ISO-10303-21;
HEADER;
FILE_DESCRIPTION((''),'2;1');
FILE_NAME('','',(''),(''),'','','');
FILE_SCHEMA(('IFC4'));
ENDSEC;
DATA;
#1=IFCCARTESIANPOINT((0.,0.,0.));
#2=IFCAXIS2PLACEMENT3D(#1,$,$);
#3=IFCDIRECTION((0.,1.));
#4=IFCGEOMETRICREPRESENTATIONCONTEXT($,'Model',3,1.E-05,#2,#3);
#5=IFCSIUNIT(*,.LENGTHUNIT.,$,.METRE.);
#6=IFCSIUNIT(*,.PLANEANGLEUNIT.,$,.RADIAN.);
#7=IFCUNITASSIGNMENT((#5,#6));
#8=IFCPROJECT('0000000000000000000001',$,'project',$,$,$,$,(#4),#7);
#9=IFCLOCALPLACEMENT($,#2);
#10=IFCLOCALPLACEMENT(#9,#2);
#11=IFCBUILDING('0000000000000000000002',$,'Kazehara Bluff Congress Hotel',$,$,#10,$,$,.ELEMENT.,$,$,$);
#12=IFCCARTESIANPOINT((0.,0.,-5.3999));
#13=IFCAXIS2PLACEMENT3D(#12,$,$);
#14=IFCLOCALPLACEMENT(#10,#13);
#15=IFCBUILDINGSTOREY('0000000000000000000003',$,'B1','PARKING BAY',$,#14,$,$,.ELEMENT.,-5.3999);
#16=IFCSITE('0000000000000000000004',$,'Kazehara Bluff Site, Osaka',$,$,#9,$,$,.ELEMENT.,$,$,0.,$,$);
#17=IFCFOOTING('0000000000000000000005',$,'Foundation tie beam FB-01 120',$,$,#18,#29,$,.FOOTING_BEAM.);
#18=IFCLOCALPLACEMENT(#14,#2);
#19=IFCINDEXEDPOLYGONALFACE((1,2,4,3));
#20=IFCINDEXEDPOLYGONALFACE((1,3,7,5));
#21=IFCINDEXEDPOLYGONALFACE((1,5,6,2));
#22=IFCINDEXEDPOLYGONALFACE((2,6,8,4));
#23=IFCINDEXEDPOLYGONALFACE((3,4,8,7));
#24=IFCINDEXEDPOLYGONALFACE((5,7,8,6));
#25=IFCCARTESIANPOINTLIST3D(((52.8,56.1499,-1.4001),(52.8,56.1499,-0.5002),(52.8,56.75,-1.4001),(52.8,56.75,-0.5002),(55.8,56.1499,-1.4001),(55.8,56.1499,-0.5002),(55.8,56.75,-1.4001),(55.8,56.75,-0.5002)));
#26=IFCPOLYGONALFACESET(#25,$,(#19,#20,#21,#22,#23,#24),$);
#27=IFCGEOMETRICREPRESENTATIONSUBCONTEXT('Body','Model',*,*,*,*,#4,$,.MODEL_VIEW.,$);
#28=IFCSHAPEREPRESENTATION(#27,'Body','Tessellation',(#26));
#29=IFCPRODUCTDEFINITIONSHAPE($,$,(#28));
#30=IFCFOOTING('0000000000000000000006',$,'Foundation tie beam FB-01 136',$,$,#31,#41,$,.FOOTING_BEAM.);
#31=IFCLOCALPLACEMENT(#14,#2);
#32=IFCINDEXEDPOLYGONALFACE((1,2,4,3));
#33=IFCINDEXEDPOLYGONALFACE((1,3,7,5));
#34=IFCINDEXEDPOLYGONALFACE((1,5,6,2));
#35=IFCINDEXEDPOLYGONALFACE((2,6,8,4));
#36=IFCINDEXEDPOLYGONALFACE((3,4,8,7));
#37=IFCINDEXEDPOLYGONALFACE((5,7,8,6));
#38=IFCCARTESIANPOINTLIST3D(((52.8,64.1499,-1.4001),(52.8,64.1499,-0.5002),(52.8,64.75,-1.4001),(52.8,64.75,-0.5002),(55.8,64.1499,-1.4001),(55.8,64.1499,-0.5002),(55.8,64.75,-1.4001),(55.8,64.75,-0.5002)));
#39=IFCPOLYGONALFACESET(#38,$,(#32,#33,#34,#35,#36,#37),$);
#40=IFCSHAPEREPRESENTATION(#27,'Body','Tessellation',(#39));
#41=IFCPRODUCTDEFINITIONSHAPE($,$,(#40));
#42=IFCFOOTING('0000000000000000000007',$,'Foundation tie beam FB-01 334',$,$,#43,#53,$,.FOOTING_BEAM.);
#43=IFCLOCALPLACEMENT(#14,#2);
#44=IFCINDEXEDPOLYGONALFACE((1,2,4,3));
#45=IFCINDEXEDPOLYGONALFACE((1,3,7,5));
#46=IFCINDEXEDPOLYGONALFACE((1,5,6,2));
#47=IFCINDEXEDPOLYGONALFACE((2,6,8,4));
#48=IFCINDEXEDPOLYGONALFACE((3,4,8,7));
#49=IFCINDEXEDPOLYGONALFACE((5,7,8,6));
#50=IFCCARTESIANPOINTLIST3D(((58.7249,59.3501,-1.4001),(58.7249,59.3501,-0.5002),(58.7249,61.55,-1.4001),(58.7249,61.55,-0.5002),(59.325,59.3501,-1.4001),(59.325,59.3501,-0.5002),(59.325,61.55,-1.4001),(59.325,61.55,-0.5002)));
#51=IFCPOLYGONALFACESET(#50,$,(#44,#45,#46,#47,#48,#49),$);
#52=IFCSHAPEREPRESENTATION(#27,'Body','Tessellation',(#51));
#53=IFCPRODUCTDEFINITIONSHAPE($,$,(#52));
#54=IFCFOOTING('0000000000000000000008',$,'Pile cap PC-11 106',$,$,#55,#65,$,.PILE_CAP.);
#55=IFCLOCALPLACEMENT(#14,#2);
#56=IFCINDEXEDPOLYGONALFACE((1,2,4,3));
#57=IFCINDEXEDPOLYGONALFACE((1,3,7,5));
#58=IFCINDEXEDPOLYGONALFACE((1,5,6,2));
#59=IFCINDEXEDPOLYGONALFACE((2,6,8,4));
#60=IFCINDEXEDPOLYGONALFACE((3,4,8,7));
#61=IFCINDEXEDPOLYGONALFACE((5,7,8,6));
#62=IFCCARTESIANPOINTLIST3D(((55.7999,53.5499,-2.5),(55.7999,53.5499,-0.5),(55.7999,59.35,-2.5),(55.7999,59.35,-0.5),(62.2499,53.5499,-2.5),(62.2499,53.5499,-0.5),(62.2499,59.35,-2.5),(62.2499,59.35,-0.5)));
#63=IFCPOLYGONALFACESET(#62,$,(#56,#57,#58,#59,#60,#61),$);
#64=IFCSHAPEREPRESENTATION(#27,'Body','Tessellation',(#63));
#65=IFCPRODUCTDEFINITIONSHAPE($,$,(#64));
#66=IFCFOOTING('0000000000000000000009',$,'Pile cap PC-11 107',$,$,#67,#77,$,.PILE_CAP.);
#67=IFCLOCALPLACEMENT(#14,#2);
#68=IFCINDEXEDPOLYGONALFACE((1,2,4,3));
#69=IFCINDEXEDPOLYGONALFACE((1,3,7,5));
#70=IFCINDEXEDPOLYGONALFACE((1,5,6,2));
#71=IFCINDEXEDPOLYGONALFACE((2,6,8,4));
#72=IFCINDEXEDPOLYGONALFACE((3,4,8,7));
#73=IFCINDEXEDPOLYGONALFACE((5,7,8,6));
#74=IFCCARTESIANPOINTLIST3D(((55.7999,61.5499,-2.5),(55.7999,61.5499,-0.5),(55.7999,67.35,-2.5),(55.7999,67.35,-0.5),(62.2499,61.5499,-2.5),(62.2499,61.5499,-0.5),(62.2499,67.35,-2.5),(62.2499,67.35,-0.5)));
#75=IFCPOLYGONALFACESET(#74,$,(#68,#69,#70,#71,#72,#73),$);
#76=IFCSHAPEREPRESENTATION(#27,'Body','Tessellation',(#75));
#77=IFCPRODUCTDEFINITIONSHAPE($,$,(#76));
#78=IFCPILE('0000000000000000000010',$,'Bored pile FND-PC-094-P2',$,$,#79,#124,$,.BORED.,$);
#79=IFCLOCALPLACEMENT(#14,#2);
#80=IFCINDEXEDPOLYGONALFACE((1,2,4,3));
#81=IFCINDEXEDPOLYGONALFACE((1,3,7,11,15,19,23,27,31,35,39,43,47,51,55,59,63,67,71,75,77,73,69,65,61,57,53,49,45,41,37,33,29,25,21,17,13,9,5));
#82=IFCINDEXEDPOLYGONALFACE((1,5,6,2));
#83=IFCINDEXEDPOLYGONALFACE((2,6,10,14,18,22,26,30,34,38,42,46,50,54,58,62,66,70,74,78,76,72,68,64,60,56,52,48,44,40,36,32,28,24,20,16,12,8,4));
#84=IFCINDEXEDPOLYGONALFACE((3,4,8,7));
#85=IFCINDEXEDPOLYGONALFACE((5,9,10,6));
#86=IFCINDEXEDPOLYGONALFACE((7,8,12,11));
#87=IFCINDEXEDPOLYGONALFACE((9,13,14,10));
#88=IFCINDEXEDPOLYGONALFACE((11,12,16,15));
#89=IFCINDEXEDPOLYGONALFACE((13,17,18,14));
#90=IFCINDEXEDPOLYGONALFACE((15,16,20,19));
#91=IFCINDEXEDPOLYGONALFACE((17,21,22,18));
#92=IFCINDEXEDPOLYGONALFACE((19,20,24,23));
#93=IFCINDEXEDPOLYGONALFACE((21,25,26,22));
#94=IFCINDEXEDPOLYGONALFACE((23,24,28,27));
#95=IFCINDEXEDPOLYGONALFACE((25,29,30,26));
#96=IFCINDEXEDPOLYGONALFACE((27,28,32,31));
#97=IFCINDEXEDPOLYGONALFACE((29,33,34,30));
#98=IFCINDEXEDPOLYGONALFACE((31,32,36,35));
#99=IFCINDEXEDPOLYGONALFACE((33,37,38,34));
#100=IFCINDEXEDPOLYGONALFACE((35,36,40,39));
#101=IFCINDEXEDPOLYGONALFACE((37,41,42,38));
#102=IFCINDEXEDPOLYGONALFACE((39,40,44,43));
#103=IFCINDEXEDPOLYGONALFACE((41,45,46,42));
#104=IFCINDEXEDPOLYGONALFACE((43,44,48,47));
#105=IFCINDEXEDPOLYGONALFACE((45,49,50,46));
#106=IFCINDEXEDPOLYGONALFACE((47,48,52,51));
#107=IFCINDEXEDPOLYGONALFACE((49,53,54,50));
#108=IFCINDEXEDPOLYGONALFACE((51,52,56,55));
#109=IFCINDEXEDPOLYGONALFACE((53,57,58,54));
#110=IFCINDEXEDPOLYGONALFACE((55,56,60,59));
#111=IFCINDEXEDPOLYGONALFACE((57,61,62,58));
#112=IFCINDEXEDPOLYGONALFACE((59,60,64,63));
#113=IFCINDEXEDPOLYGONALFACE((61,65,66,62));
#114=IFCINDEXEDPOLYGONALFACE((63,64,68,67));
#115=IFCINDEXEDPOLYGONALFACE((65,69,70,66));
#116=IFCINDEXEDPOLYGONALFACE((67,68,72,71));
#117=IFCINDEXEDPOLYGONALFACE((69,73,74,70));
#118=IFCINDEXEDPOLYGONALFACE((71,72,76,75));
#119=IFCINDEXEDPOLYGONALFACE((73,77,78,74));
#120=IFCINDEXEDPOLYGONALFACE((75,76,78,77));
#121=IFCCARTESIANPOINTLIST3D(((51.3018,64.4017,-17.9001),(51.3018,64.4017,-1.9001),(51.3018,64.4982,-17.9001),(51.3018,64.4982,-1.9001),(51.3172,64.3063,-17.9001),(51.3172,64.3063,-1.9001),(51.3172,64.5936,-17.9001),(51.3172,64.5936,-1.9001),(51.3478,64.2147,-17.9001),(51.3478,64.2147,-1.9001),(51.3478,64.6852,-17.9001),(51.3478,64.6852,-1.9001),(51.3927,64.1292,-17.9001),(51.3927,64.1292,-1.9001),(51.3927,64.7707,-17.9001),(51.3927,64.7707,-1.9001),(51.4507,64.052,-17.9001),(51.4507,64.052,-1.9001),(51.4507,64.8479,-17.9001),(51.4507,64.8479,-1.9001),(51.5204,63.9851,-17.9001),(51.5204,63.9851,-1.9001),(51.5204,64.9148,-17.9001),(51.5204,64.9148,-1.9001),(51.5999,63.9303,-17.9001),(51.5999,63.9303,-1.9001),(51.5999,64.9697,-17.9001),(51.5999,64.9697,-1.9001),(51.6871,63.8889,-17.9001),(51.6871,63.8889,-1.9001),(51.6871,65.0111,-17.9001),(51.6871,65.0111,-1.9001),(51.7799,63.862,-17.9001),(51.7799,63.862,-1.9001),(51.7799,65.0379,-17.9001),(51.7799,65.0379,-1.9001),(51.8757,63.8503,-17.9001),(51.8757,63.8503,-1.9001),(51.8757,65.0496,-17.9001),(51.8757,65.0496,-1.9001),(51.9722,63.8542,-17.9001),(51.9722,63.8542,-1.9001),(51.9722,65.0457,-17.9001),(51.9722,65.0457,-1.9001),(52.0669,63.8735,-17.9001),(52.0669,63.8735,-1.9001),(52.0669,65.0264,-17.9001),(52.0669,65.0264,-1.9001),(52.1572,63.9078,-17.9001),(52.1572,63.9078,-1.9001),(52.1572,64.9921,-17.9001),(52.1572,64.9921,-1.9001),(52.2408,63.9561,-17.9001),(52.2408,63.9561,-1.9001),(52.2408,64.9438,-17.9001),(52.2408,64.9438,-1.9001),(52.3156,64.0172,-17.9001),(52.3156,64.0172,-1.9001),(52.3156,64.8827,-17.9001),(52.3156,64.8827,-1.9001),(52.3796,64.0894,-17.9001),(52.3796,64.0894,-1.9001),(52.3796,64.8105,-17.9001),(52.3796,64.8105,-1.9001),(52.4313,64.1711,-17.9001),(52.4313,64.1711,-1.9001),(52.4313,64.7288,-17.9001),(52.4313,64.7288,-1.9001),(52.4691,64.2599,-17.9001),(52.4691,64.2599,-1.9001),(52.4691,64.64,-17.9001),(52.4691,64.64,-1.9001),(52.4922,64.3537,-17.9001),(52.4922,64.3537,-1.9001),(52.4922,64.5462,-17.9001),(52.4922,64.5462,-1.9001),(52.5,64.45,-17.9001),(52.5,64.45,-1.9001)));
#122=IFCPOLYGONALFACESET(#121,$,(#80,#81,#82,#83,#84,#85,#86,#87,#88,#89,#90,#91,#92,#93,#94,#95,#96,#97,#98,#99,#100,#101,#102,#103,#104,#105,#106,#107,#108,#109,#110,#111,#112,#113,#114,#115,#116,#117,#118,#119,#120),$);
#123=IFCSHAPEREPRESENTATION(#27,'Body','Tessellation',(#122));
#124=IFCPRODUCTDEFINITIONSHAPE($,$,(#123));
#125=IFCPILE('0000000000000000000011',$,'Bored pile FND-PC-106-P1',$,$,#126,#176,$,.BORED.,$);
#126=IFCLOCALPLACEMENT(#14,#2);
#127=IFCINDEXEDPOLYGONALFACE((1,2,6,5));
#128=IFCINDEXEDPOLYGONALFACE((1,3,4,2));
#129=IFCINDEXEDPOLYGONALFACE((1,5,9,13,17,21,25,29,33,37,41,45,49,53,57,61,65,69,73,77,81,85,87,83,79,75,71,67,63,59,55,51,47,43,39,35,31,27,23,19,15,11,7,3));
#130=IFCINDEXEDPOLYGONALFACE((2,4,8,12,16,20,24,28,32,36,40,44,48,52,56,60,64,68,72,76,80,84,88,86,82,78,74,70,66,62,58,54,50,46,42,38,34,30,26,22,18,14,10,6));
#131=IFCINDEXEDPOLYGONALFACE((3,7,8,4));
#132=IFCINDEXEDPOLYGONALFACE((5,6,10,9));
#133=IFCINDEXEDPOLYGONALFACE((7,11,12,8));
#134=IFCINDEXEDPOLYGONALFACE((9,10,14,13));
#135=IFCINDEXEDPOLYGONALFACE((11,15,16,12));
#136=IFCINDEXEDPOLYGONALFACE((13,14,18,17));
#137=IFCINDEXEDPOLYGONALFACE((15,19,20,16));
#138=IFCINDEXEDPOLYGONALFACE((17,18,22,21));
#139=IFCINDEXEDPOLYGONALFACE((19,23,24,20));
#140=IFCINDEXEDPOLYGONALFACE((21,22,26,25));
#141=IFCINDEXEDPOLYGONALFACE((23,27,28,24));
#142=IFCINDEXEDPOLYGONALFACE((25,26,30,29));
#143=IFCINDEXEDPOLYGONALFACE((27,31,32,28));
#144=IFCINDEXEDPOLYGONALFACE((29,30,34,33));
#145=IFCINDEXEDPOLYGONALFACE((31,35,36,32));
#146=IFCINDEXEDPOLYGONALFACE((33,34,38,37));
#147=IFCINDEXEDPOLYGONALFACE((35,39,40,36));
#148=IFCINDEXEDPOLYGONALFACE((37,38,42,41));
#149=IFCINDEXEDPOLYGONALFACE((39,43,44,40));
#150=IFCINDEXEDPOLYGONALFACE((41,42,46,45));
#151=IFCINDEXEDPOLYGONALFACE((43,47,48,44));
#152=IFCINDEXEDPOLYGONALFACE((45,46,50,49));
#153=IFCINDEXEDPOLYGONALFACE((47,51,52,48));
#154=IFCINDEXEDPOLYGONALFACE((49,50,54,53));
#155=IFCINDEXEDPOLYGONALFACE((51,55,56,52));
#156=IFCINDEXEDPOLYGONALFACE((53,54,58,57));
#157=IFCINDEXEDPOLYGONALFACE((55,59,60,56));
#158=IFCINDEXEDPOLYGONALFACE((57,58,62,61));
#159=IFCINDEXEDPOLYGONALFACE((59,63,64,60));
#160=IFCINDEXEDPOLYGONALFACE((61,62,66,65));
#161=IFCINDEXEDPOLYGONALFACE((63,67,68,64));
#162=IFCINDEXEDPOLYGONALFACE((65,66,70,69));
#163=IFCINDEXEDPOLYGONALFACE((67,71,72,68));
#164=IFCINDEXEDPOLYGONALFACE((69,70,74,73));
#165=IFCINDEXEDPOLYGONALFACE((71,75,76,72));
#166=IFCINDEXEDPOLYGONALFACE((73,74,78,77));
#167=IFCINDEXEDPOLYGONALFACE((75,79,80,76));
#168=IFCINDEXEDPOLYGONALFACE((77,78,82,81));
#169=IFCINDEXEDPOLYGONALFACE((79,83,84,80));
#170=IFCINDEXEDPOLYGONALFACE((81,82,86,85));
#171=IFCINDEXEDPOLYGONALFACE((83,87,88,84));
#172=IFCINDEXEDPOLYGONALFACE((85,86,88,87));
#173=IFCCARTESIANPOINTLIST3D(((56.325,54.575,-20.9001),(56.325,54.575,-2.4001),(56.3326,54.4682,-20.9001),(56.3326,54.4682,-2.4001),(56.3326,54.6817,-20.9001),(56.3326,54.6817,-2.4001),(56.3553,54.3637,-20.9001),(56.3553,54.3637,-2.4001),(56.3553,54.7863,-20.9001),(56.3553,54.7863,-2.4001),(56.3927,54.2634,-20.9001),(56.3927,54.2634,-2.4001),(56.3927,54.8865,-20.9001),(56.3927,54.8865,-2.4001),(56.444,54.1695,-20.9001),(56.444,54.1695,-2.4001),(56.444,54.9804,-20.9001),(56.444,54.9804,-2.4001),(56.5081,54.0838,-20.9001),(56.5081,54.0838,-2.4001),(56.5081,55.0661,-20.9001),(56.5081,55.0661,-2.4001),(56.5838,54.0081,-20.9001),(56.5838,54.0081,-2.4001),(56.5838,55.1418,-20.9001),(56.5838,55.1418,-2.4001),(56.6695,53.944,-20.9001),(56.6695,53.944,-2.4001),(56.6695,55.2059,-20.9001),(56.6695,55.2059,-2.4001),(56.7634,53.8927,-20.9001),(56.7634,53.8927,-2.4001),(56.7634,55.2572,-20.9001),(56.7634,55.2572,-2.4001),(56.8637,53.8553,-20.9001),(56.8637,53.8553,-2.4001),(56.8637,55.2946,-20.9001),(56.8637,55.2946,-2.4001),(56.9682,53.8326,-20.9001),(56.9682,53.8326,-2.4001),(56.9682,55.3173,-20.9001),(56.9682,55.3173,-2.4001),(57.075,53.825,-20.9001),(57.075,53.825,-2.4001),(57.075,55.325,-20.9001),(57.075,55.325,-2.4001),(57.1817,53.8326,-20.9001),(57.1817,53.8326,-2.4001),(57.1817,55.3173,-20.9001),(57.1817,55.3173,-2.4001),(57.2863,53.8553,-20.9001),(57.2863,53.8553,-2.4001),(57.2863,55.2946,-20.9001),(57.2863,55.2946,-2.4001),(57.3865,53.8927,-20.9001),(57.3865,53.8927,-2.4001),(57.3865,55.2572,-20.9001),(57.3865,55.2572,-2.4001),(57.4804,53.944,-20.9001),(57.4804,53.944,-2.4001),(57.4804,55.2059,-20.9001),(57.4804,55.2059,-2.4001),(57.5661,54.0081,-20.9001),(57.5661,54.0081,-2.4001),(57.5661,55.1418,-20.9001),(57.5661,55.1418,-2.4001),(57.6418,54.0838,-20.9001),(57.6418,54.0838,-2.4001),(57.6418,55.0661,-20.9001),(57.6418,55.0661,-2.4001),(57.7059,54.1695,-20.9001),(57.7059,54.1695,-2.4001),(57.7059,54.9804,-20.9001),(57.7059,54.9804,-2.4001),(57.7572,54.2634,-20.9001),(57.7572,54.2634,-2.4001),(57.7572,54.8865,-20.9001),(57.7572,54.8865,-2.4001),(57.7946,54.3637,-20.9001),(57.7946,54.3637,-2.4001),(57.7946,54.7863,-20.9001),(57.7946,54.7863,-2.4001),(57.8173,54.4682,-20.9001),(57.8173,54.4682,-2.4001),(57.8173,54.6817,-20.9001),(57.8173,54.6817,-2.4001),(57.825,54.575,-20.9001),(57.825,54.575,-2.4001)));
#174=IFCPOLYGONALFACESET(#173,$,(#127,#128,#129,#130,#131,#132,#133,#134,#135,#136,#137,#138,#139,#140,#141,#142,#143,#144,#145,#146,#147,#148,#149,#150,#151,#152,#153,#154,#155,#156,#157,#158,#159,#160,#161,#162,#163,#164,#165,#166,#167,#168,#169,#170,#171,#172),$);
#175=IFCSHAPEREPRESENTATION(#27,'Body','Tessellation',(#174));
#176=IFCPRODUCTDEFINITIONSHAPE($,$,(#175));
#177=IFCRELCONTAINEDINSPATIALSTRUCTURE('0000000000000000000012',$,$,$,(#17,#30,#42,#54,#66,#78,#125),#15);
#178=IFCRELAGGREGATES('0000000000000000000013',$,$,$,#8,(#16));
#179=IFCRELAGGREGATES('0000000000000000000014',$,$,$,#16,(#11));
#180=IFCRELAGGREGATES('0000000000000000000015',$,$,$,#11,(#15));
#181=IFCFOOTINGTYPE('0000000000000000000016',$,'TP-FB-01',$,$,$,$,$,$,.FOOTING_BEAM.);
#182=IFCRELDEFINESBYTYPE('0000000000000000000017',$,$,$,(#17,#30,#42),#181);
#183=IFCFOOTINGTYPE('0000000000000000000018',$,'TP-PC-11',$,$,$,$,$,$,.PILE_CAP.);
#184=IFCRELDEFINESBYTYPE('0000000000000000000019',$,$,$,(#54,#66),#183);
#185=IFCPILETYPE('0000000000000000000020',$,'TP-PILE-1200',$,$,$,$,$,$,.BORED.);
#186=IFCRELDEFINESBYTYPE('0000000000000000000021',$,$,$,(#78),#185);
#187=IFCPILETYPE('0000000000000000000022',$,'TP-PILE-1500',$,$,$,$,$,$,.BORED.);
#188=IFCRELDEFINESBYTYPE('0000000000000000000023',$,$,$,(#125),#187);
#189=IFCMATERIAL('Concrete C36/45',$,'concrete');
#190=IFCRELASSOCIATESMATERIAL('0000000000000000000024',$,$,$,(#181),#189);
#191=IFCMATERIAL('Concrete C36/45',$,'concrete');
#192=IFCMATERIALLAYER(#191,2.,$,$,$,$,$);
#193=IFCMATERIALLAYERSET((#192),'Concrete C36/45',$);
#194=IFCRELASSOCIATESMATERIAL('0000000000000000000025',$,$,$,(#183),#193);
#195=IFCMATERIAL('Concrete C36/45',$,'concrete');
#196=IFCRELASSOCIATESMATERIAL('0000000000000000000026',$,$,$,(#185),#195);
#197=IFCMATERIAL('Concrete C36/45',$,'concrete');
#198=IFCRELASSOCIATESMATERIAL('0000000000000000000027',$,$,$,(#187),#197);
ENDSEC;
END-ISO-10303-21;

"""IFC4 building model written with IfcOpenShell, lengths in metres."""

from ifc_helpers import new_model, si_unit, direction, frame, origin, origin_2d, place, context, subcontext, project, spatial, rectangle, circle, extrude, material, layer, layer_set, material_profile, profile_set, type_object, element, save


model = new_model("IFC4")

# Units and contexts
model_context = context("Model", 3, precision=1e-05, world=origin(), true_north=direction((0.0, 1.0)))
body_context = subcontext(model_context, "Body", "Model", "MODEL_VIEW")
ifc_project = project(units=[si_unit("LENGTHUNIT", "METRE"), si_unit("PLANEANGLEUNIT", "RADIAN")], contexts=[model_context])

# Site, building, storey
site_placement = place(None, origin())
site = spatial("IfcSite", under=ifc_project, at=site_placement, Name="Kazehara Bluff Site, Osaka", CompositionType="ELEMENT", RefElevation=0.0)
building_placement = place(site_placement, origin())
building = spatial("IfcBuilding", under=site, at=building_placement, Name="Kazehara Bluff Congress Hotel", CompositionType="ELEMENT")
storey_placement = place(building_placement, frame((0.0, 0.0, -5.3999)))
storey = spatial("IfcBuildingStorey", under=building, at=storey_placement, Name="B1", Description="PARKING BAY", CompositionType="ELEMENT", Elevation=-5.3999)

# Footings
ifc_material_1 = material(Name="Concrete C36/45", Category="concrete")
ifc_material_profile_1 = material_profile(ifc_material_1, rectangle(XDim=0.6001, YDim=0.8999, at=origin_2d()))
ifc_profile_set_1 = profile_set([ifc_material_profile_1], Name="Concrete C36/45")
footing_type_1 = type_object("IfcFootingType", Name="TP-FB-01", PredefinedType="FOOTING_BEAM", material=ifc_profile_set_1)
for number, where, z_axis, x_axis, name in (
    (1, (52.8, 56.45, -0.9502), (1.0, 0.0, 0.0), (0.0, 1.0, 0.0), "Foundation tie beam FB-01 120"),
    (2, (52.8, 64.45, -0.9502), (1.0, 0.0, 0.0), (0.0, 1.0, 0.0), "Foundation tie beam FB-01 136"),
):
    element("IfcFooting", number, at=place(storey_placement, frame(where, z_axis=z_axis, x_axis=x_axis)), inside=storey, type_object=footing_type_1, Name=name, PredefinedType="FOOTING_BEAM", context=body_context, shape_type="SweptSolid", body=[
        extrude(rectangle(XDim=0.6001, YDim=0.8999, at=origin_2d()), origin(), (0.0, 0.0, 1.0), 3.0),
    ])
footing_placement = place(storey_placement, frame((59.0249, 59.3501, -0.9502), z_axis=(0.0, 1.0, 0.0), x_axis=(-1.0, 0.0, 0.0)))
element("IfcFooting", 3, at=footing_placement, inside=storey, type_object=footing_type_1, Name="Foundation tie beam FB-01 334", PredefinedType="FOOTING_BEAM", context=body_context, shape_type="SweptSolid", body=[
    extrude(rectangle(XDim=0.6001, YDim=0.8999, at=origin_2d()), origin(), (0.0, 0.0, 1.0), 2.2),
])
ifc_material_2 = material(Name="Concrete C36/45", Category="concrete")
ifc_layer_1 = layer(ifc_material_2, 2.0)
ifc_layer_set_1 = layer_set([ifc_layer_1], Name="Concrete C36/45")
footing_type_2 = type_object("IfcFootingType", Name="TP-PC-11", PredefinedType="PILE_CAP", material=ifc_layer_set_1)
for number, where, z_axis, x_axis, name in (
    (4, (59.0249, 56.45, -2.5), (0.0, 0.0, 1.0), (1.0, 0.0, 0.0), "Pile cap PC-11 106"),
    (5, (59.0249, 64.45, -2.5), (0.0, 0.0, 1.0), (1.0, 0.0, 0.0), "Pile cap PC-11 107"),
):
    element("IfcFooting", number, at=place(storey_placement, frame(where, z_axis=z_axis, x_axis=x_axis)), inside=storey, type_object=footing_type_2, Name=name, PredefinedType="PILE_CAP", context=body_context, shape_type="SweptSolid", body=[
        extrude(rectangle(XDim=6.45, YDim=5.8, at=origin_2d()), origin(), (0.0, 0.0, 1.0), 2.0),
    ])

# Piles
ifc_material_3 = material(Name="Concrete C36/45", Category="concrete")
ifc_material_profile_2 = material_profile(ifc_material_3, circle(Radius=0.6001, at=origin_2d()))
ifc_profile_set_2 = profile_set([ifc_material_profile_2], Name="Concrete C36/45")
pile_type_1 = type_object("IfcPileType", Name="TP-PILE-1200", PredefinedType="BORED", material=ifc_profile_set_2)
pile_placement = place(storey_placement, frame((51.8999, 64.45, -1.9001), z_axis=(0.0, 0.0, -1.0), x_axis=(1.0, 0.0, 0.0)))
element("IfcPile", 6, at=pile_placement, inside=storey, type_object=pile_type_1, Name="Bored pile FND-PC-094-P2", PredefinedType="BORED", context=body_context, shape_type="SweptSolid", body=[
    extrude(circle(Radius=0.6001, at=origin_2d()), origin(), (0.0, 0.0, 1.0), 16.0),
])
ifc_material_4 = material(Name="Concrete C36/45", Category="concrete")
ifc_material_profile_3 = material_profile(ifc_material_4, circle(Radius=0.75, at=origin_2d()))
ifc_profile_set_3 = profile_set([ifc_material_profile_3], Name="Concrete C36/45")
pile_type_2 = type_object("IfcPileType", Name="TP-PILE-1500", PredefinedType="BORED", material=ifc_profile_set_3)
for number, where, z_axis, x_axis, name in (
    (7, (57.075, 54.575, -2.4001), (0.0, 0.0, -1.0), (1.0, 0.0, 0.0), "Bored pile FND-PC-106-P1"),
):
    element("IfcPile", number, at=place(storey_placement, frame(where, z_axis=z_axis, x_axis=x_axis)), inside=storey, type_object=pile_type_2, Name=name, PredefinedType="BORED", context=body_context, shape_type="SweptSolid", body=[
        extrude(circle(Radius=0.75, at=origin_2d()), origin(), (0.0, 0.0, 1.0), 18.5),
    ])

save(model, "model.ifc")
